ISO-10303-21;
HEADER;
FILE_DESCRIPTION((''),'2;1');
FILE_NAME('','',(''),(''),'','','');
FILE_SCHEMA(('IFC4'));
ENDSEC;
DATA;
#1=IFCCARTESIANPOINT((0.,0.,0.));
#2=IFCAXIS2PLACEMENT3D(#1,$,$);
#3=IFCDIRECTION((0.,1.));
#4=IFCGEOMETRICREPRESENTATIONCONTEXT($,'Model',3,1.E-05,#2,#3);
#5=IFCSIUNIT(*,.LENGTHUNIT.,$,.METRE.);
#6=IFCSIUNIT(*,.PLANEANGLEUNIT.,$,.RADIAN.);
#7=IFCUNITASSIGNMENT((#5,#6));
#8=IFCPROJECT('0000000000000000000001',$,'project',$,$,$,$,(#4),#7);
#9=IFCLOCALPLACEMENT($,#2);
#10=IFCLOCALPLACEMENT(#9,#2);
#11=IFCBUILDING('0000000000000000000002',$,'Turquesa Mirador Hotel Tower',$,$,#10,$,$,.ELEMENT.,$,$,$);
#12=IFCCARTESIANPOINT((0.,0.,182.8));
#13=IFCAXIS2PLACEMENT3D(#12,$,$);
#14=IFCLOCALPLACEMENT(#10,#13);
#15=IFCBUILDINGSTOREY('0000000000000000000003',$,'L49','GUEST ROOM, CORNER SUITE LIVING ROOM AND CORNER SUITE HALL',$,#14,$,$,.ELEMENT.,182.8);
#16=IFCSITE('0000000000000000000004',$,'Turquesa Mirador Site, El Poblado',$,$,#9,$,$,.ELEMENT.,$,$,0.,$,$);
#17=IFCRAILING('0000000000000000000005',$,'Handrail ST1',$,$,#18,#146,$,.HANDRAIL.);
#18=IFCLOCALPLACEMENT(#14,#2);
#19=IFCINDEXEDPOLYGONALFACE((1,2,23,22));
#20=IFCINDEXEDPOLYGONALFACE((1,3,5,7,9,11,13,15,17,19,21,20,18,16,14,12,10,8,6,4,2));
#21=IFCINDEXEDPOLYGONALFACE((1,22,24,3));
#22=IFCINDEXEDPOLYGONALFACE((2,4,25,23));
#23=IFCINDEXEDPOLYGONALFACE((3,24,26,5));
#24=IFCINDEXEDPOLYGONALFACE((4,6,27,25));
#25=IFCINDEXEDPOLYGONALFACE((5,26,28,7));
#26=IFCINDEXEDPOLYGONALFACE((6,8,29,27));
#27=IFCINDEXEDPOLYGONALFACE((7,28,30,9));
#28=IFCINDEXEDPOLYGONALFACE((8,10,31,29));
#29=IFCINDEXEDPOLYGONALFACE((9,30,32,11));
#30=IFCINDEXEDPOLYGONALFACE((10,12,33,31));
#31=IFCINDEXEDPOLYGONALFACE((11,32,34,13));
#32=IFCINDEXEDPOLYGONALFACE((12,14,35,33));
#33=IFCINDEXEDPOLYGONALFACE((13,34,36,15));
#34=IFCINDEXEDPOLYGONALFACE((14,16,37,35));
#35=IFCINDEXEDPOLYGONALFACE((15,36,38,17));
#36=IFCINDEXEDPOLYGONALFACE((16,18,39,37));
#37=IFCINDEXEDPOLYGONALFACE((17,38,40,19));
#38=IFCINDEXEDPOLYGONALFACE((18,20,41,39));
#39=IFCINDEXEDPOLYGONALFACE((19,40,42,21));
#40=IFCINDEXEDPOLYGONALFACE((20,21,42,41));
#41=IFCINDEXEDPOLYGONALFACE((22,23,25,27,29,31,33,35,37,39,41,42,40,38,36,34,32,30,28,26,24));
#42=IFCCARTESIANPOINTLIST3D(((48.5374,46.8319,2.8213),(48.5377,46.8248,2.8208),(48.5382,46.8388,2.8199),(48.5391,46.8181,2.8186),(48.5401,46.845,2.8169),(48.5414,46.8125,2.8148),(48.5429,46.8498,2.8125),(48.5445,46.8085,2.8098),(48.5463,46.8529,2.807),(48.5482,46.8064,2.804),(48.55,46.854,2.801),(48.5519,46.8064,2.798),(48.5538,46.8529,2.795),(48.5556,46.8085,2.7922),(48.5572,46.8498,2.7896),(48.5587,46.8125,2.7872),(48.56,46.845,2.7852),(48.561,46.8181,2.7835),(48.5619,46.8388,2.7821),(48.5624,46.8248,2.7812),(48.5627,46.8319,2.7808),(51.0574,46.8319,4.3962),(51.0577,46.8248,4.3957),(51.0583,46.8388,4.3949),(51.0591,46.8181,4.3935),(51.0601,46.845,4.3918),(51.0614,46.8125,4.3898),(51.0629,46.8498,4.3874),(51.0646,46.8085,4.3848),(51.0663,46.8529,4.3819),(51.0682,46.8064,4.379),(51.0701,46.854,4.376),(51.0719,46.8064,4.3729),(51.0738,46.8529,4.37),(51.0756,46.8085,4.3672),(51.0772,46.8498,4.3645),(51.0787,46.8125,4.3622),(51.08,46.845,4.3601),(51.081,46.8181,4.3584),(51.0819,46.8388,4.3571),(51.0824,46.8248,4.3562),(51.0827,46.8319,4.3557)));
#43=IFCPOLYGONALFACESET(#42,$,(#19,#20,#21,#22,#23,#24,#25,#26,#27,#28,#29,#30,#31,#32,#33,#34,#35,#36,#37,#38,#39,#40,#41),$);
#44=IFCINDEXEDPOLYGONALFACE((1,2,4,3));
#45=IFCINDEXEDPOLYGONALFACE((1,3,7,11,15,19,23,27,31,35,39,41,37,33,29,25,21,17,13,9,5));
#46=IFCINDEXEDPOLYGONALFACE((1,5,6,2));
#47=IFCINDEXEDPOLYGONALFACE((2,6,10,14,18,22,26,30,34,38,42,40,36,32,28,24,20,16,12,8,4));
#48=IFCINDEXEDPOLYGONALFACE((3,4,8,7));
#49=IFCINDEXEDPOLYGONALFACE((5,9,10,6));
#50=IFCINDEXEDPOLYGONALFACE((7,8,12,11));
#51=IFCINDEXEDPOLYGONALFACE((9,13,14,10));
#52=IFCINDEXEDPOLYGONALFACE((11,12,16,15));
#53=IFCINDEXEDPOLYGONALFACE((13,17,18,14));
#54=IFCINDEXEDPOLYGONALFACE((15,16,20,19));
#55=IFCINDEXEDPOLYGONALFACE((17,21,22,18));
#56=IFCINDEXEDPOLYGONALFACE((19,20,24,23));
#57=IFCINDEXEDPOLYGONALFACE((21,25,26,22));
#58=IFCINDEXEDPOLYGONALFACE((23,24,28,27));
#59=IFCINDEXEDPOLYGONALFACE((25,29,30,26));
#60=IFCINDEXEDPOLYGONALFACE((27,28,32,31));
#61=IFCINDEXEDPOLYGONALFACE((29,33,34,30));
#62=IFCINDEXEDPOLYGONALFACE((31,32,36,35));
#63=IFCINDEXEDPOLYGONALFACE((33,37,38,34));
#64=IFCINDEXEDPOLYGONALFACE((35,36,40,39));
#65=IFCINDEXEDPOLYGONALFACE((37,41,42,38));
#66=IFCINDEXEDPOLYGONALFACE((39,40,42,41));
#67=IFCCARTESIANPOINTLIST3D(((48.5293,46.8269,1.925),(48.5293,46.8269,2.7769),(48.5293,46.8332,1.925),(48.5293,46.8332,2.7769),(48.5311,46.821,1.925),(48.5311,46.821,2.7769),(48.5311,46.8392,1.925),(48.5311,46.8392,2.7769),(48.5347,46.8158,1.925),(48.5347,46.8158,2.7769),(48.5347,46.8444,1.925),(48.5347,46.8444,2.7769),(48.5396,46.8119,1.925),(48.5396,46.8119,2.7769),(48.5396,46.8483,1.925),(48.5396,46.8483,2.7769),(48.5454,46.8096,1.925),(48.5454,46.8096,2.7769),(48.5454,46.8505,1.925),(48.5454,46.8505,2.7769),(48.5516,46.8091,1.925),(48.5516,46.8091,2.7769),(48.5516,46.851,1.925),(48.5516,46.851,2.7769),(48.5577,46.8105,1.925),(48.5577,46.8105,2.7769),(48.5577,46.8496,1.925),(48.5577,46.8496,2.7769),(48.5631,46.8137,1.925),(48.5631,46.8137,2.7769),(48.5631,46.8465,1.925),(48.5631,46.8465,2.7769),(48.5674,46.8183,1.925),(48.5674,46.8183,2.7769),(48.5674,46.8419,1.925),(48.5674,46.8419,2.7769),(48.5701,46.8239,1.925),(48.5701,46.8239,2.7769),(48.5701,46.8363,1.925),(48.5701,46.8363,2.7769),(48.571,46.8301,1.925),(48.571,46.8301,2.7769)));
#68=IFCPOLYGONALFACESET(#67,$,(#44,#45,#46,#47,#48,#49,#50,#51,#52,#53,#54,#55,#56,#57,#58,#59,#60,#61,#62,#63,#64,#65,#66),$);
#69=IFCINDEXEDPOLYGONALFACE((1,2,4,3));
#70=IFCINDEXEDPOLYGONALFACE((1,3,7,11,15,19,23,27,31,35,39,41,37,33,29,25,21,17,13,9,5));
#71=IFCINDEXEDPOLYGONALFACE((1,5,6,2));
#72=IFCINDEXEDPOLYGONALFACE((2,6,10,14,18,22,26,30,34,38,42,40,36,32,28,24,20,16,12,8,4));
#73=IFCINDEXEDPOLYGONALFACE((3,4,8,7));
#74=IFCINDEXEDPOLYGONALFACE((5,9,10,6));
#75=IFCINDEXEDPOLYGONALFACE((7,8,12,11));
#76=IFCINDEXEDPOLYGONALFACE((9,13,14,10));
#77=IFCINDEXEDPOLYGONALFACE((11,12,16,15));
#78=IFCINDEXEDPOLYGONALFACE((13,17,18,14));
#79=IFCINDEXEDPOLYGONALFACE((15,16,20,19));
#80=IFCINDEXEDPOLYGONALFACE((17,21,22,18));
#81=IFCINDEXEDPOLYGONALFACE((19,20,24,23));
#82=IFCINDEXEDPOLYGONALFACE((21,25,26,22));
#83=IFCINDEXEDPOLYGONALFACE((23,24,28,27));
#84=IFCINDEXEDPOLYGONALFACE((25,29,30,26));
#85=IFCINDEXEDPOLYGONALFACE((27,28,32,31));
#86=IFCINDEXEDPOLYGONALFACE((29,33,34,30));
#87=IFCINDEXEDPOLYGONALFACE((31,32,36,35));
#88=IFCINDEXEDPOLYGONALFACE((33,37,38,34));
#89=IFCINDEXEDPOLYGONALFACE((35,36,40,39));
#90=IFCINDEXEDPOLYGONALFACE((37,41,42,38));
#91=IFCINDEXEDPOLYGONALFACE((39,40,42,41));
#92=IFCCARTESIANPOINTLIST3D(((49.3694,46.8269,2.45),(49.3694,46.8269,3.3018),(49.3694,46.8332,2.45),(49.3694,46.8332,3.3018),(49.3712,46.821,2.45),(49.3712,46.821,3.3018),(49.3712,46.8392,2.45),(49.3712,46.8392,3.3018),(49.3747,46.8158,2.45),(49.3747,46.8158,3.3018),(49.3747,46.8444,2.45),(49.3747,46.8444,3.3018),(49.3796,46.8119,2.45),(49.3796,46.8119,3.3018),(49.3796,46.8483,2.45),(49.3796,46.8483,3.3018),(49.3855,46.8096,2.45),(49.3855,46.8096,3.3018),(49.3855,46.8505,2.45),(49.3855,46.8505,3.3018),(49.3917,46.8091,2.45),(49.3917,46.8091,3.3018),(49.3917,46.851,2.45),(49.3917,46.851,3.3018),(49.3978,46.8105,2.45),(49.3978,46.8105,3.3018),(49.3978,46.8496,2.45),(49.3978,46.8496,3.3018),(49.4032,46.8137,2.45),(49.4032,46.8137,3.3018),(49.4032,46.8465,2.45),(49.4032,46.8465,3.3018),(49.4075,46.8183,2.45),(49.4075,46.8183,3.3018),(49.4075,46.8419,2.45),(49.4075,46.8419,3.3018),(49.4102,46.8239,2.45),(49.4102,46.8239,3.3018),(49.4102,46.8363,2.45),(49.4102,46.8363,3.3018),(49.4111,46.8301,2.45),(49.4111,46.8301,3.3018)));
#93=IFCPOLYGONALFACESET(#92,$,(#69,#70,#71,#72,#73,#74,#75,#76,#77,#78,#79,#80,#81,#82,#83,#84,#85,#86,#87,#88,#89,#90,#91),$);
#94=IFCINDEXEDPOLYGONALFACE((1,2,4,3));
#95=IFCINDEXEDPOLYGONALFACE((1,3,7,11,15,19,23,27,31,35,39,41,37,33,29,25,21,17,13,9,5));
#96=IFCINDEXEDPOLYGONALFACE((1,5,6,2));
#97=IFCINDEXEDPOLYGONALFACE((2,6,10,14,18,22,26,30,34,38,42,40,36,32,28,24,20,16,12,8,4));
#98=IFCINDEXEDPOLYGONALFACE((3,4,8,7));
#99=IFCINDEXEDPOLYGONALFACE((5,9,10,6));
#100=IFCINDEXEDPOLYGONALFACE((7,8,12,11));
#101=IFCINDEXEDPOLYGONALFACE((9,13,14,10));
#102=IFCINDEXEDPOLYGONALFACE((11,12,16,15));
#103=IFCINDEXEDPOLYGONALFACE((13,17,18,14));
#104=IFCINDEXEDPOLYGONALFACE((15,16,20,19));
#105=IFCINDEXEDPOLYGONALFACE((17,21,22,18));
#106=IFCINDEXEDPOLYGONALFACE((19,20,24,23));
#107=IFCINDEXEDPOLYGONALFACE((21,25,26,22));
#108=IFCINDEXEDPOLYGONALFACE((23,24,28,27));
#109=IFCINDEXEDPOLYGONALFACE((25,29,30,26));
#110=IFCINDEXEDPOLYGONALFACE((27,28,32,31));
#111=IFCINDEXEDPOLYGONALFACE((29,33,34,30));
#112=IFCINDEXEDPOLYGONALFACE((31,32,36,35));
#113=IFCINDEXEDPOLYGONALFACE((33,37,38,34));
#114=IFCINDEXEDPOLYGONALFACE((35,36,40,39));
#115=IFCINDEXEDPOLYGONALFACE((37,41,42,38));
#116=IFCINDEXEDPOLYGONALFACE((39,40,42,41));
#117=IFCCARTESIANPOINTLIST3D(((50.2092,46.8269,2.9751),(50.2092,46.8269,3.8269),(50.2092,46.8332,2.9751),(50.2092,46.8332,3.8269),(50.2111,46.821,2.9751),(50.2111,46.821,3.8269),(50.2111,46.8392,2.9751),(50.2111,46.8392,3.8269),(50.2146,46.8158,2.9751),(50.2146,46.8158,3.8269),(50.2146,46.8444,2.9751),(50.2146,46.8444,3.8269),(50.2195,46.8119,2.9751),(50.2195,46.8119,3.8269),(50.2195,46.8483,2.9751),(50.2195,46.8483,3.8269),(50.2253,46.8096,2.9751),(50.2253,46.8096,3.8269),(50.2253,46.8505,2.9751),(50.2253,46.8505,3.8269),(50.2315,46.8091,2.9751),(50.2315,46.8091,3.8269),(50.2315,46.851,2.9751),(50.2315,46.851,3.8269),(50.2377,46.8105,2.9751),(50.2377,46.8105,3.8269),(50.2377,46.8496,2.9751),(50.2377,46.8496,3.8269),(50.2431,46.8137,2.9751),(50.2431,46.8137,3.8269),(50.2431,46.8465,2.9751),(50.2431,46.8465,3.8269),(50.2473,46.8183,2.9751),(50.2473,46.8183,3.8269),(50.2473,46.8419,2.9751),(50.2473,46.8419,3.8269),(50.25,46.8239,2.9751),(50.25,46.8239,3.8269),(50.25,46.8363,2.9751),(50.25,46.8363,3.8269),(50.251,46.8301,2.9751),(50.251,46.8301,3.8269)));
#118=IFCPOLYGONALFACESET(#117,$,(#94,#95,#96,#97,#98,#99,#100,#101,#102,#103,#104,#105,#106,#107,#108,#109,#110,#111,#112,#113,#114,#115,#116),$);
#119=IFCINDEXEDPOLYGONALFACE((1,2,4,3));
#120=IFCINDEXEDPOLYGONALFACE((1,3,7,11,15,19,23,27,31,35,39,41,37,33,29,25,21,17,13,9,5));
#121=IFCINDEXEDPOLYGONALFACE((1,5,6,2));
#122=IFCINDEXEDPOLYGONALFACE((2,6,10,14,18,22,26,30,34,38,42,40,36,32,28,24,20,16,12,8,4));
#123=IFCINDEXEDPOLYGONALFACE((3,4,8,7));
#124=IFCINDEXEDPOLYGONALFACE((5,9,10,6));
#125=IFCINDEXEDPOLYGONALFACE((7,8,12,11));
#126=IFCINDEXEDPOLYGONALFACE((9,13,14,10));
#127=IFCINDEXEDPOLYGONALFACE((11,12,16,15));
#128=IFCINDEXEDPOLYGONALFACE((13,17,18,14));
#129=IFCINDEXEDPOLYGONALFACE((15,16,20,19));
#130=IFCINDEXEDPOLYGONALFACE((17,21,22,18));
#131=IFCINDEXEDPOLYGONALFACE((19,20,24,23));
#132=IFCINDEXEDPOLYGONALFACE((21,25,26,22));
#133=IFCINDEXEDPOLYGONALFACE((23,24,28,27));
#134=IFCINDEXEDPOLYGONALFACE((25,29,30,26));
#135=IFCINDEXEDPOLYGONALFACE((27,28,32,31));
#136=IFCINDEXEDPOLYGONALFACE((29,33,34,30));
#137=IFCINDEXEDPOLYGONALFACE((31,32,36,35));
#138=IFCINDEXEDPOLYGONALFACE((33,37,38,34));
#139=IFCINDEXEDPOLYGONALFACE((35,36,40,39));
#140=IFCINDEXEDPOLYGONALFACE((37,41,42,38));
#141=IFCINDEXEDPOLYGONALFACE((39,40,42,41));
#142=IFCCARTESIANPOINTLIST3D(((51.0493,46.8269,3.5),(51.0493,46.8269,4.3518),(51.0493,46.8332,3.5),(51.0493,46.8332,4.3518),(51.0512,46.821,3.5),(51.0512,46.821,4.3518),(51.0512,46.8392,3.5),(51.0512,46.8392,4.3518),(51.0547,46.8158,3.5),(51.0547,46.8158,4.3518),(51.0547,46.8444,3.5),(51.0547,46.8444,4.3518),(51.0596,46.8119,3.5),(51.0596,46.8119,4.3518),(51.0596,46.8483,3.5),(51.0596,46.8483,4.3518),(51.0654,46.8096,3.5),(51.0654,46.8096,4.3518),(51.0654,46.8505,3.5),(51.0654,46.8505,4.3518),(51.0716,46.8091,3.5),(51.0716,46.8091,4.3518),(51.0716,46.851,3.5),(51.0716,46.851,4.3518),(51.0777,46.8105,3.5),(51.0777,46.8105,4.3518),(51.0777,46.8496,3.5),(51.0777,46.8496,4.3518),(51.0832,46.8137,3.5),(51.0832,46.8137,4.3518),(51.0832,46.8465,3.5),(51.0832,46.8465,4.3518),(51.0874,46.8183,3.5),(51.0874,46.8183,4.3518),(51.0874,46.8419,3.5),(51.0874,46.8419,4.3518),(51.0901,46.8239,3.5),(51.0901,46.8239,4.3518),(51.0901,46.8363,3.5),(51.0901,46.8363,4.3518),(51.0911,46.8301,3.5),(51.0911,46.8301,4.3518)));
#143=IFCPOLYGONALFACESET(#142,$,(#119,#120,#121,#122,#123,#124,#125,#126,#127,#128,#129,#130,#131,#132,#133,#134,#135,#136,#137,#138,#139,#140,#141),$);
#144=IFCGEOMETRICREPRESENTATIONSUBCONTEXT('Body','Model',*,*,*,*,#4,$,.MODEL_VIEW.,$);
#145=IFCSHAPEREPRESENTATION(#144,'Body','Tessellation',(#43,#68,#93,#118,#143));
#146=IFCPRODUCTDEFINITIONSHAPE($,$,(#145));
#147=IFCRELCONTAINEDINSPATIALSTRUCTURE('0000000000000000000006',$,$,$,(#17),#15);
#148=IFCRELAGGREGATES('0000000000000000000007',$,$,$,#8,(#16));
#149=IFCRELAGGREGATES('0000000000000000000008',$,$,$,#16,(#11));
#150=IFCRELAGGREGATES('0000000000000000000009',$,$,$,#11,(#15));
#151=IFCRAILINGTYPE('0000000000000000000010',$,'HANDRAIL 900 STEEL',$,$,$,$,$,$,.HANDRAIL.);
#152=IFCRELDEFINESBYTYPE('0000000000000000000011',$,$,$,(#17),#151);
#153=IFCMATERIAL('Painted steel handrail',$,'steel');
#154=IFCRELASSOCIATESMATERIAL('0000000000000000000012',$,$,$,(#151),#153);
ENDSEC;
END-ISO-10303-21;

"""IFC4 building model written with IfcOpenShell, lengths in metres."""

from ifc_helpers import new_model, si_unit, direction, frame, origin, origin_2d, place, context, subcontext, project, spatial, circle, extrude, material, type_object, element, save


model = new_model("IFC4")

# Units and contexts
model_context = context("Model", 3, precision=1e-05, world=origin(), true_north=direction((0.0, 1.0)))
body_context = subcontext(model_context, "Body", "Model", "MODEL_VIEW")
ifc_project = project(units=[si_unit("LENGTHUNIT", "METRE"), si_unit("PLANEANGLEUNIT", "RADIAN")], contexts=[model_context])

# Site, building, storey
site_placement = place(None, origin())
site = spatial("IfcSite", under=ifc_project, at=site_placement, Name="Turquesa Mirador Site, El Poblado", CompositionType="ELEMENT", RefElevation=0.0)
building_placement = place(site_placement, origin())
building = spatial("IfcBuilding", under=site, at=building_placement, Name="Turquesa Mirador Hotel Tower", CompositionType="ELEMENT")
storey_placement = place(building_placement, frame((0.0, 0.0, 182.8)))
storey = spatial("IfcBuildingStorey", under=building, at=storey_placement, Name="L49", Description="GUEST ROOM, CORNER SUITE LIVING ROOM AND CORNER SUITE HALL", CompositionType="ELEMENT", Elevation=182.8)

# Railing
ifc_material_1 = material(Name="Painted steel handrail", Category="steel")
railing_type = type_object("IfcRailingType", Name="HANDRAIL 900 STEEL", PredefinedType="HANDRAIL", material=ifc_material_1)
for number, where, name in (
    (1, (48.55, 46.8301, 1.925), "Handrail ST1"),
):
    element("IfcRailing", number, at=place(storey_placement, frame(where)), inside=storey, type_object=railing_type, Name=name, PredefinedType="HANDRAIL", context=body_context, shape_type="SweptSolid", body=[
        extrude(circle(Radius=0.0239, at=origin_2d()), frame((0.0, 0.0, 0.876), z_axis=(0.848008, 0.0, 0.529984), x_axis=(0.0, 1.0, 0.0)), (0.0, 0.0, 1.0), 2.9717),
        extrude(circle(Radius=0.021, at=origin_2d()), origin(), (0.0, 0.0, 1.0), 0.8518),
        extrude(circle(Radius=0.021, at=origin_2d()), frame((0.8401, 0.0, 0.5249)), (0.0, 0.0, 1.0), 0.8518),
        extrude(circle(Radius=0.021, at=origin_2d()), frame((1.6799, 0.0, 1.05)), (0.0, 0.0, 1.0), 0.8518),
        extrude(circle(Radius=0.021, at=origin_2d()), frame((2.52, 0.0, 1.575)), (0.0, 0.0, 1.0), 0.8518),
    ])

save(model, "model.ifc")
